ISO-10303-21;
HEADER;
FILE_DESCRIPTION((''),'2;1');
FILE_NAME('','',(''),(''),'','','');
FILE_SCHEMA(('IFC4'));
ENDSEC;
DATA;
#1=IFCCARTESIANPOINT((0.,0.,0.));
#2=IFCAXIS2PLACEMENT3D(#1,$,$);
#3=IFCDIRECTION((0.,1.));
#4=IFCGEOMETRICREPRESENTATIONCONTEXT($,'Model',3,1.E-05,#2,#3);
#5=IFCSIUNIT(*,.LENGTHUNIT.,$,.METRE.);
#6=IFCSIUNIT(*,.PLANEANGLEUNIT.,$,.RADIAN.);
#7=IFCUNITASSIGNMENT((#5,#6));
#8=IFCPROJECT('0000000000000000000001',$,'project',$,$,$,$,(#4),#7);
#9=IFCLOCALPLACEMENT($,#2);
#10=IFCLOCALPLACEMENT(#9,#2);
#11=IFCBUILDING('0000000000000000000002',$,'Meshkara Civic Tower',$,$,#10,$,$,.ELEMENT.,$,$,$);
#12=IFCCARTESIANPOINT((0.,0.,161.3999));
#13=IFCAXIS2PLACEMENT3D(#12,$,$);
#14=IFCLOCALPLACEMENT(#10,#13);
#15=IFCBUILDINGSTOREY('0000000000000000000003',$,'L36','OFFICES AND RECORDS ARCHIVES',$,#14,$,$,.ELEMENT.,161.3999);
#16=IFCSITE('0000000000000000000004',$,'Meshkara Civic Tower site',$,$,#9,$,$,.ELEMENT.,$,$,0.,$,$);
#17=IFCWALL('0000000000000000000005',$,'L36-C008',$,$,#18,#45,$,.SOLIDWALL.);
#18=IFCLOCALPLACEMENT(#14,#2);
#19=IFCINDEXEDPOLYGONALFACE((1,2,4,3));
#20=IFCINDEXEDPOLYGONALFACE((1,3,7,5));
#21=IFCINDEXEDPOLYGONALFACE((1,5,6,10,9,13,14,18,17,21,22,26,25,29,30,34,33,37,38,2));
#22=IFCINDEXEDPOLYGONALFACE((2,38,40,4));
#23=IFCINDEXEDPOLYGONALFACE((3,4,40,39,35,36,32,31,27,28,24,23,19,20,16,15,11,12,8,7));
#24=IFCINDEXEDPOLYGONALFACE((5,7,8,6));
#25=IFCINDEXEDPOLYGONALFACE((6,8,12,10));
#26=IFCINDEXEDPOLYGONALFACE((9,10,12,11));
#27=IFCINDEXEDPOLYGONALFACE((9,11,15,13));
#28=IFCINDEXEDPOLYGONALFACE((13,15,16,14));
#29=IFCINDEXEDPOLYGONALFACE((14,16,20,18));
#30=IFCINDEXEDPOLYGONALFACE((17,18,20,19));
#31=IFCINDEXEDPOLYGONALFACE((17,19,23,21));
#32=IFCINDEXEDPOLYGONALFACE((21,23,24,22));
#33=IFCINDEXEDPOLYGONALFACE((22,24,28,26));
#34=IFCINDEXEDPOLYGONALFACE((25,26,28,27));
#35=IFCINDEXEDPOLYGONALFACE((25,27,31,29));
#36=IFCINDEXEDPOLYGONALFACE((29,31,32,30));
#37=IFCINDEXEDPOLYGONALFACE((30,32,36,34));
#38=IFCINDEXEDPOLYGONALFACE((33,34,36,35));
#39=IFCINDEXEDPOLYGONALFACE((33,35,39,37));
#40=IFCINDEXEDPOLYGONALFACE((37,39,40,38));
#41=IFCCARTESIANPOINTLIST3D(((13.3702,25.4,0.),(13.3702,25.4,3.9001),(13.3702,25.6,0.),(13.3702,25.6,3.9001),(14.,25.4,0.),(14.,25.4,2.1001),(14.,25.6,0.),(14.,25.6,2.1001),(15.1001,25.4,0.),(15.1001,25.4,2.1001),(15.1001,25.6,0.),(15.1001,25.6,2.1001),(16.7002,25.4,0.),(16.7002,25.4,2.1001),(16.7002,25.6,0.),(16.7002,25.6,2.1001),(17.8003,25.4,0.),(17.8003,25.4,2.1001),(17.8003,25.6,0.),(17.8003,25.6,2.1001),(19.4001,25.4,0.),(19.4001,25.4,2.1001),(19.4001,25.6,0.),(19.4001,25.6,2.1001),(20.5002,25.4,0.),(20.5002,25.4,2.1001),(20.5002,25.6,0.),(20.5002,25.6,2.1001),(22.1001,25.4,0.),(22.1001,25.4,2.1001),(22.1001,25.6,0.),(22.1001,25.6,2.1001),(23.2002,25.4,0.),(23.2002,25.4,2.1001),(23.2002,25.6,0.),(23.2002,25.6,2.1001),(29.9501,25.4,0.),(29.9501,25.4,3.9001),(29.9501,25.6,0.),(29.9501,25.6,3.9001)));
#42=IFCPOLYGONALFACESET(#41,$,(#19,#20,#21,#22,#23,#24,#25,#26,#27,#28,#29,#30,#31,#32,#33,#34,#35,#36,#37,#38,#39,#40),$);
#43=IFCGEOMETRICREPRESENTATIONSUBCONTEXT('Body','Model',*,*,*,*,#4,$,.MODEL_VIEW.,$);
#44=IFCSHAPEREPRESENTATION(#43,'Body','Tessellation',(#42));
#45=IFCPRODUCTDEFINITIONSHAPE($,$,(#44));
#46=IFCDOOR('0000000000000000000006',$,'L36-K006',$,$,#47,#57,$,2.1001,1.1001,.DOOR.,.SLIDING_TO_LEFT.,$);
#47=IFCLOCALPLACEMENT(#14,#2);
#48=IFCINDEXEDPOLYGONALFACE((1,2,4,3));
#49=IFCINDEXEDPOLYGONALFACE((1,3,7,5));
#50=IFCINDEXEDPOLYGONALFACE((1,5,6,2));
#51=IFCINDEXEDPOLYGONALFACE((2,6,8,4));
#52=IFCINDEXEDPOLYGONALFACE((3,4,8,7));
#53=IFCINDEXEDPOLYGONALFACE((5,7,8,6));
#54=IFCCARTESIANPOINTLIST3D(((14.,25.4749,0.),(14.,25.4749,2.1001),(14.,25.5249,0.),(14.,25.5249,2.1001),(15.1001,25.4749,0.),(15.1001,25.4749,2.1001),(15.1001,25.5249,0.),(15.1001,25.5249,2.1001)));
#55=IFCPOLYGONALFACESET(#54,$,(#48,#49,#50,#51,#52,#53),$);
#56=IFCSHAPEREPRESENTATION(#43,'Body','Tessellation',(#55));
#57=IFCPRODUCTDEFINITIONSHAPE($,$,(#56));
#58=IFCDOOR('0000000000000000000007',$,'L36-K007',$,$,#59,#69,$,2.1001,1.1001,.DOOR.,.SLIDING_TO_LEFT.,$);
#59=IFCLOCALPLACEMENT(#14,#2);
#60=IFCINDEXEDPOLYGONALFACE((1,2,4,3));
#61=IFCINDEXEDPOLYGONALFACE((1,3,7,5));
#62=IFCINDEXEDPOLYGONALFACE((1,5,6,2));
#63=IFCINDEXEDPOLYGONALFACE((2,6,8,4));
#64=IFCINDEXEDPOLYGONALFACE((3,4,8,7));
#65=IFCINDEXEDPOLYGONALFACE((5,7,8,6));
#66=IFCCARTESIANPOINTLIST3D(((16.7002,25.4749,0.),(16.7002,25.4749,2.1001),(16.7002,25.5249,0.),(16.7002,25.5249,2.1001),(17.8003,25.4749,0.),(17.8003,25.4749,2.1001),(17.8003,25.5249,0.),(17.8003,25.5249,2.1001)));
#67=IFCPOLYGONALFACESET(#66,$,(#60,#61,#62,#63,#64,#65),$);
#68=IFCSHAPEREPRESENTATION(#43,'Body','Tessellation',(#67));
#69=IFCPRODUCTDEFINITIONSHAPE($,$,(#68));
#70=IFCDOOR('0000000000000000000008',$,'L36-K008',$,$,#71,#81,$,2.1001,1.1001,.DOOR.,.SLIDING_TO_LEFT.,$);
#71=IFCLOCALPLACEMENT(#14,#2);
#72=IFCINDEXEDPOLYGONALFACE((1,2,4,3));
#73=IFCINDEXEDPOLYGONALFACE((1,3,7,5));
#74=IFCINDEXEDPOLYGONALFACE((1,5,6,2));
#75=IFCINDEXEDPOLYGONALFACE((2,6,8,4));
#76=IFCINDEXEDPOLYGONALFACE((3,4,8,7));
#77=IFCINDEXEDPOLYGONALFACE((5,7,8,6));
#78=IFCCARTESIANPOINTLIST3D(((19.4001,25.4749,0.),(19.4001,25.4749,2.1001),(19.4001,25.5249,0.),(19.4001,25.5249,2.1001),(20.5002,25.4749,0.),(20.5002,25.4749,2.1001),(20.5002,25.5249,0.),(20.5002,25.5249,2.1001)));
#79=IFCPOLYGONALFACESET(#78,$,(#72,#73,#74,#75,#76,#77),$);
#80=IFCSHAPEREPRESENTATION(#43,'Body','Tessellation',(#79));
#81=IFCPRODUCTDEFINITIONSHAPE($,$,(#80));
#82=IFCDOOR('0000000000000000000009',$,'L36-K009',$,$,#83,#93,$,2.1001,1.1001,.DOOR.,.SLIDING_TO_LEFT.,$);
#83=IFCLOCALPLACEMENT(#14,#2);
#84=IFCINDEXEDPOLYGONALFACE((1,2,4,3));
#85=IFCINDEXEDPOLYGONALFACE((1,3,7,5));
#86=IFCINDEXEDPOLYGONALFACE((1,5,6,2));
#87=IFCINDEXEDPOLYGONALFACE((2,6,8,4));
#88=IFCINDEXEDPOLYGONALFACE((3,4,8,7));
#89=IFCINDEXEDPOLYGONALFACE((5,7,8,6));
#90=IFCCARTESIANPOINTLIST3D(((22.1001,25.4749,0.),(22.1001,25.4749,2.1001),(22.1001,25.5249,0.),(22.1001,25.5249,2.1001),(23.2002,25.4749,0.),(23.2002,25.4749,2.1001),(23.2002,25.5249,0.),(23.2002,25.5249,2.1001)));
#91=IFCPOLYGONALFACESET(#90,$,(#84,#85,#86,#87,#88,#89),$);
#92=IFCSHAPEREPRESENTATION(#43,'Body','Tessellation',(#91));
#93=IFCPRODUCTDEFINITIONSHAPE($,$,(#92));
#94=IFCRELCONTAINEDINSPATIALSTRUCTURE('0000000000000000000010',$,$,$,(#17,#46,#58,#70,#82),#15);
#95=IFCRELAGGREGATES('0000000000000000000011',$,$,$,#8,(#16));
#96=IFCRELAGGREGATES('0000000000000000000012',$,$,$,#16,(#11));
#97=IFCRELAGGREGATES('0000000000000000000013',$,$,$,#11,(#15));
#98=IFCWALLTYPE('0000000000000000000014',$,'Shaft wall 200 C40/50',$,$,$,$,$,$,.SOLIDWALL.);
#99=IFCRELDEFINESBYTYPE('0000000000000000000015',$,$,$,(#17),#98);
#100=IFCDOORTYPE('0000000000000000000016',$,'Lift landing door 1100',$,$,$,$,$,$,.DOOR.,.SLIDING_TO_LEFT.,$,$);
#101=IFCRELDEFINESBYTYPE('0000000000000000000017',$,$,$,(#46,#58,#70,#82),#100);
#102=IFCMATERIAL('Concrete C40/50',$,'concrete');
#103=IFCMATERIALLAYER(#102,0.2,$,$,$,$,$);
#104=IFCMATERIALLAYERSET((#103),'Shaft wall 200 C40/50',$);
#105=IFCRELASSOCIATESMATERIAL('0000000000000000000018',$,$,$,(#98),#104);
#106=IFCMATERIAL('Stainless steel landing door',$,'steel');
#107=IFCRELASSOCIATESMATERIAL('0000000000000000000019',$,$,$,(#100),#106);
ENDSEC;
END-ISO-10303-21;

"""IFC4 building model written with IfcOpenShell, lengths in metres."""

from ifc_helpers import new_model, si_unit, direction, frame, frame_2d, origin, place, context, subcontext, project, spatial, rectangle, extrude, material, layer, layer_set, type_object, element, fill, save


model = new_model("IFC4")

# Units and contexts
model_context = context("Model", 3, precision=1e-05, world=origin(), true_north=direction((0.0, 1.0)))
body_context = subcontext(model_context, "Body", "Model", "MODEL_VIEW")
ifc_project = project(units=[si_unit("LENGTHUNIT", "METRE"), si_unit("PLANEANGLEUNIT", "RADIAN")], contexts=[model_context])

# Site, building, storey
site_placement = place(None, origin())
site = spatial("IfcSite", under=ifc_project, at=site_placement, Name="Meshkara Civic Tower site", CompositionType="ELEMENT", RefElevation=0.0)
building_placement = place(site_placement, origin())
building = spatial("IfcBuilding", under=site, at=building_placement, Name="Meshkara Civic Tower", CompositionType="ELEMENT")
storey_placement = place(building_placement, frame((0.0, 0.0, 161.3999)))
storey = spatial("IfcBuildingStorey", under=building, at=storey_placement, Name="L36", Description="OFFICES AND RECORDS ARCHIVES", CompositionType="ELEMENT", Elevation=161.3999)

# Shared definitions
ifc_material_1 = material(Name="Concrete C40/50", Category="concrete")
ifc_layer_1 = layer(ifc_material_1, 0.2)
ifc_layer_set_1 = layer_set([ifc_layer_1], Name="Shaft wall 200 C40/50")
wall_type_1 = type_object("IfcWallType", Name="Shaft wall 200 C40/50", PredefinedType="SOLIDWALL", material=ifc_layer_set_1)

# Wall, openings, doors
ifc_material_2 = material(Name="Stainless steel landing door", Category="steel")
door_type_1 = type_object("IfcDoorType", Name="Lift landing door 1100", OperationType="SLIDING_TO_LEFT", PredefinedType="DOOR", material=ifc_material_2)
wall_1_placement = place(storey_placement, frame((13.3701, 25.5, 0.0), z_axis=(0.0, 0.0, 1.0), x_axis=(1.0, 0.0, 0.0)))
wall_1 = element("IfcWall", 1, at=wall_1_placement, inside=storey, type_object=wall_type_1, Name="L36-C008", PredefinedType="SOLIDWALL", context=body_context, shape_type="SweptSolid", body=[
    extrude(rectangle(XDim=16.5798, YDim=0.2, at=frame_2d((8.29, 0.0))), origin(), (0.0, 0.0, 1.0), 3.9001),
])
opening_1_placement = place(wall_1_placement, frame((0.6299, 0.0, 0.0)))
opening_1 = element("IfcOpeningElement", 2, at=opening_1_placement, cuts=wall_1, PredefinedType="OPENING", context=body_context, shape_type="SweptSolid", body=[
    extrude(rectangle(XDim=1.1001, YDim=2.1001, at=frame_2d((0.55, 1.05))), frame((0.0, 0.1099, 0.0), z_axis=(0.0, -1.0, 0.0), x_axis=(1.0, 0.0, 0.0)), (0.0, 0.0, 1.0), 0.22),
])
opening_2_placement = place(wall_1_placement, frame((3.3301, 0.0, 0.0)))
opening_2 = element("IfcOpeningElement", 3, at=opening_2_placement, cuts=wall_1, PredefinedType="OPENING", context=body_context, shape_type="SweptSolid", body=[
    extrude(rectangle(XDim=1.1001, YDim=2.1001, at=frame_2d((0.55, 1.05))), frame((0.0, 0.1099, 0.0), z_axis=(0.0, -1.0, 0.0), x_axis=(1.0, 0.0, 0.0)), (0.0, 0.0, 1.0), 0.22),
])
opening_3_placement = place(wall_1_placement, frame((6.03, 0.0, 0.0)))
opening_3 = element("IfcOpeningElement", 4, at=opening_3_placement, cuts=wall_1, PredefinedType="OPENING", context=body_context, shape_type="SweptSolid", body=[
    extrude(rectangle(XDim=1.1001, YDim=2.1001, at=frame_2d((0.55, 1.05))), frame((0.0, 0.1099, 0.0), z_axis=(0.0, -1.0, 0.0), x_axis=(1.0, 0.0, 0.0)), (0.0, 0.0, 1.0), 0.22),
])
opening_4_placement = place(wall_1_placement, frame((8.73, 0.0, 0.0)))
opening_4 = element("IfcOpeningElement", 5, at=opening_4_placement, cuts=wall_1, PredefinedType="OPENING", context=body_context, shape_type="SweptSolid", body=[
    extrude(rectangle(XDim=1.1001, YDim=2.1001, at=frame_2d((0.55, 1.05))), frame((0.0, 0.1099, 0.0), z_axis=(0.0, -1.0, 0.0), x_axis=(1.0, 0.0, 0.0)), (0.0, 0.0, 1.0), 0.22),
])
door_1_placement = place(opening_1_placement, origin())
door_1 = element("IfcDoor", 6, at=door_1_placement, inside=storey, type_object=door_type_1, Name="L36-K006", OperationType="SLIDING_TO_LEFT", OverallHeight=2.1001, OverallWidth=1.1001, PredefinedType="DOOR", context=body_context, shape_type="SweptSolid", body=[
    extrude(rectangle(XDim=1.1001, YDim=2.1001, at=frame_2d((0.55, 1.05))), frame((0.0, 0.0249, 0.0), z_axis=(0.0, -1.0, 0.0), x_axis=(1.0, 0.0, 0.0)), (0.0, 0.0, 1.0), 0.05),
])
fill(opening_1, door_1)
door_2_placement = place(opening_2_placement, origin())
door_2 = element("IfcDoor", 7, at=door_2_placement, inside=storey, type_object=door_type_1, Name="L36-K007", OperationType="SLIDING_TO_LEFT", OverallHeight=2.1001, OverallWidth=1.1001, PredefinedType="DOOR", context=body_context, shape_type="SweptSolid", body=[
    extrude(rectangle(XDim=1.1001, YDim=2.1001, at=frame_2d((0.55, 1.05))), frame((0.0, 0.0249, 0.0), z_axis=(0.0, -1.0, 0.0), x_axis=(1.0, 0.0, 0.0)), (0.0, 0.0, 1.0), 0.05),
])
fill(opening_2, door_2)
door_3_placement = place(opening_3_placement, origin())
door_3 = element("IfcDoor", 8, at=door_3_placement, inside=storey, type_object=door_type_1, Name="L36-K008", OperationType="SLIDING_TO_LEFT", OverallHeight=2.1001, OverallWidth=1.1001, PredefinedType="DOOR", context=body_context, shape_type="SweptSolid", body=[
    extrude(rectangle(XDim=1.1001, YDim=2.1001, at=frame_2d((0.55, 1.05))), frame((0.0, 0.0249, 0.0), z_axis=(0.0, -1.0, 0.0), x_axis=(1.0, 0.0, 0.0)), (0.0, 0.0, 1.0), 0.05),
])
fill(opening_3, door_3)
door_4_placement = place(opening_4_placement, origin())
door_4 = element("IfcDoor", 9, at=door_4_placement, inside=storey, type_object=door_type_1, Name="L36-K009", OperationType="SLIDING_TO_LEFT", OverallHeight=2.1001, OverallWidth=1.1001, PredefinedType="DOOR", context=body_context, shape_type="SweptSolid", body=[
    extrude(rectangle(XDim=1.1001, YDim=2.1001, at=frame_2d((0.55, 1.05))), frame((0.0, 0.0249, 0.0), z_axis=(0.0, -1.0, 0.0), x_axis=(1.0, 0.0, 0.0)), (0.0, 0.0, 1.0), 0.05),
])
fill(opening_4, door_4)

save(model, "model.ifc")
